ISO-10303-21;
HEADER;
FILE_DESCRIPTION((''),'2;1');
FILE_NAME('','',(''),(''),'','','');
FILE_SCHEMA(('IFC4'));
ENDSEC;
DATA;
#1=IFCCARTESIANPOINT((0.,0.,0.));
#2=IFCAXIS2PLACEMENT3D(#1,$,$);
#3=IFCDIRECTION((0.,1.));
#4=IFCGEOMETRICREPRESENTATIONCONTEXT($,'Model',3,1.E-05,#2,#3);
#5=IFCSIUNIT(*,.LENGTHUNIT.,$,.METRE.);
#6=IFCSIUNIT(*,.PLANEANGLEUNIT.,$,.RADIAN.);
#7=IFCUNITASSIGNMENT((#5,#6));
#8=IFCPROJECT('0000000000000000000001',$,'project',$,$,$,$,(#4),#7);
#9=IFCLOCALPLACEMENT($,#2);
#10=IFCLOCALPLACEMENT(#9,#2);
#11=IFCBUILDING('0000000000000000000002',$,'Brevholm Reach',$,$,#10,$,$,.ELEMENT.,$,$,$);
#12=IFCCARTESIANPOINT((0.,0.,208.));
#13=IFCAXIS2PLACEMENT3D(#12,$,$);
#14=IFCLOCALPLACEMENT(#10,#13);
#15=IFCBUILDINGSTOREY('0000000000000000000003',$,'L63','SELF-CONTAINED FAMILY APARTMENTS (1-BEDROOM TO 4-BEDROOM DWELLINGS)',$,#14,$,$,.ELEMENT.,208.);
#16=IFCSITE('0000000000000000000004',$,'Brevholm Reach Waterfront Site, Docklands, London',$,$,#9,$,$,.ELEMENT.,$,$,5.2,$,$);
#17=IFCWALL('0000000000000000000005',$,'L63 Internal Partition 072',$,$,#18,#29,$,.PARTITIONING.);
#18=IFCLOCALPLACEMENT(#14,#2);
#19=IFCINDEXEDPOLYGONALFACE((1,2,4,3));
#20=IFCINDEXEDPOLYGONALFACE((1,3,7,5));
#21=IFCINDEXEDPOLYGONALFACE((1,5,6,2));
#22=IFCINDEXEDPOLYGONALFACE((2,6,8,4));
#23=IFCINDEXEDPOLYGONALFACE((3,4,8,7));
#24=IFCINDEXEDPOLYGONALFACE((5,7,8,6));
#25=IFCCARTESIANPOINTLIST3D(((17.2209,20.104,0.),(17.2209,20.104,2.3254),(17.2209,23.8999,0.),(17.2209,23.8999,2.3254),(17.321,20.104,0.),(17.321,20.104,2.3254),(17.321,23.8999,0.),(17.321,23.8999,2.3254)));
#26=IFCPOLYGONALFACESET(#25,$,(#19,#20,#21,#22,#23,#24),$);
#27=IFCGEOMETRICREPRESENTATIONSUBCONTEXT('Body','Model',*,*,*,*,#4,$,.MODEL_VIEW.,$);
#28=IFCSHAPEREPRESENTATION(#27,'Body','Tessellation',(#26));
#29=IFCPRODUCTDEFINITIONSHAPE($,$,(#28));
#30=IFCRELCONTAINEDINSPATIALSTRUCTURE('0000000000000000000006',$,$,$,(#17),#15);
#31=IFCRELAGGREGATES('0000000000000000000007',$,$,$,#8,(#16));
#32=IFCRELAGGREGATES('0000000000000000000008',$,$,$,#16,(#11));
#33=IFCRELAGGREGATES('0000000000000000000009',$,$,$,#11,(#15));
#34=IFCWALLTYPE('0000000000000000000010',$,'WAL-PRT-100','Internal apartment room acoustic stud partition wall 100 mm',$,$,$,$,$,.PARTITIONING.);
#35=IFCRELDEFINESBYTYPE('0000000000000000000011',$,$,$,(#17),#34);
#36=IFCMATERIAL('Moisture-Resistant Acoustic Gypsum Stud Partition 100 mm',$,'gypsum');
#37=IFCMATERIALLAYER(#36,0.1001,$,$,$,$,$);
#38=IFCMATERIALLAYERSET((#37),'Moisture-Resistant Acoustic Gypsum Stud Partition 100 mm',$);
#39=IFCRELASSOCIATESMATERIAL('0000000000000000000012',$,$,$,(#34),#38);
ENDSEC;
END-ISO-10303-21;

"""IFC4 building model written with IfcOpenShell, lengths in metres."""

from ifc_helpers import new_model, si_unit, direction, frame, frame_2d, origin, place, context, subcontext, project, spatial, rectangle, extrude, material, layer, layer_set, type_object, element, save


model = new_model("IFC4")

# Units and contexts
model_context = context("Model", 3, precision=1e-05, world=origin(), true_north=direction((0.0, 1.0)))
body_context = subcontext(model_context, "Body", "Model", "MODEL_VIEW")
ifc_project = project(units=[si_unit("LENGTHUNIT", "METRE"), si_unit("PLANEANGLEUNIT", "RADIAN")], contexts=[model_context])

# Site, building, storey
site_placement = place(None, origin())
site = spatial("IfcSite", under=ifc_project, at=site_placement, Name="Brevholm Reach Waterfront Site, Docklands, London", CompositionType="ELEMENT", RefElevation=5.2)
building_placement = place(site_placement, origin())
building = spatial("IfcBuilding", under=site, at=building_placement, Name="Brevholm Reach", CompositionType="ELEMENT")
storey_placement = place(building_placement, frame((0.0, 0.0, 208.0)))
storey = spatial("IfcBuildingStorey", under=building, at=storey_placement, Name="L63", Description="SELF-CONTAINED FAMILY APARTMENTS (1-BEDROOM TO 4-BEDROOM DWELLINGS)", CompositionType="ELEMENT", Elevation=208.0)

# Shared definitions
ifc_material_1 = material(Name="Moisture-Resistant Acoustic Gypsum Stud Partition 100 mm", Category="gypsum")
ifc_layer_1 = layer(ifc_material_1, 0.1001)
ifc_layer_set_1 = layer_set([ifc_layer_1], Name="Moisture-Resistant Acoustic Gypsum Stud Partition 100 mm")
wall_type = type_object("IfcWallType", Name="WAL-PRT-100", Description="Internal apartment room acoustic stud partition wall 100 mm", PredefinedType="PARTITIONING", material=ifc_layer_set_1)

# Wall
wall_1_placement = place(storey_placement, frame((17.271, 20.104, 0.0), z_axis=(0.0, 0.0, 1.0), x_axis=(0.0, 1.0, 0.0)))
element("IfcWall", 1, at=wall_1_placement, inside=storey, type_object=wall_type, Name="L63 Internal Partition 072", PredefinedType="PARTITIONING", context=body_context, shape_type="SweptSolid", body=[
    extrude(rectangle(XDim=3.7959, YDim=0.1001, at=frame_2d((1.8979, 0.0))), origin(), (0.0, 0.0, 1.0), 2.3254),
])

save(model, "model.ifc")
